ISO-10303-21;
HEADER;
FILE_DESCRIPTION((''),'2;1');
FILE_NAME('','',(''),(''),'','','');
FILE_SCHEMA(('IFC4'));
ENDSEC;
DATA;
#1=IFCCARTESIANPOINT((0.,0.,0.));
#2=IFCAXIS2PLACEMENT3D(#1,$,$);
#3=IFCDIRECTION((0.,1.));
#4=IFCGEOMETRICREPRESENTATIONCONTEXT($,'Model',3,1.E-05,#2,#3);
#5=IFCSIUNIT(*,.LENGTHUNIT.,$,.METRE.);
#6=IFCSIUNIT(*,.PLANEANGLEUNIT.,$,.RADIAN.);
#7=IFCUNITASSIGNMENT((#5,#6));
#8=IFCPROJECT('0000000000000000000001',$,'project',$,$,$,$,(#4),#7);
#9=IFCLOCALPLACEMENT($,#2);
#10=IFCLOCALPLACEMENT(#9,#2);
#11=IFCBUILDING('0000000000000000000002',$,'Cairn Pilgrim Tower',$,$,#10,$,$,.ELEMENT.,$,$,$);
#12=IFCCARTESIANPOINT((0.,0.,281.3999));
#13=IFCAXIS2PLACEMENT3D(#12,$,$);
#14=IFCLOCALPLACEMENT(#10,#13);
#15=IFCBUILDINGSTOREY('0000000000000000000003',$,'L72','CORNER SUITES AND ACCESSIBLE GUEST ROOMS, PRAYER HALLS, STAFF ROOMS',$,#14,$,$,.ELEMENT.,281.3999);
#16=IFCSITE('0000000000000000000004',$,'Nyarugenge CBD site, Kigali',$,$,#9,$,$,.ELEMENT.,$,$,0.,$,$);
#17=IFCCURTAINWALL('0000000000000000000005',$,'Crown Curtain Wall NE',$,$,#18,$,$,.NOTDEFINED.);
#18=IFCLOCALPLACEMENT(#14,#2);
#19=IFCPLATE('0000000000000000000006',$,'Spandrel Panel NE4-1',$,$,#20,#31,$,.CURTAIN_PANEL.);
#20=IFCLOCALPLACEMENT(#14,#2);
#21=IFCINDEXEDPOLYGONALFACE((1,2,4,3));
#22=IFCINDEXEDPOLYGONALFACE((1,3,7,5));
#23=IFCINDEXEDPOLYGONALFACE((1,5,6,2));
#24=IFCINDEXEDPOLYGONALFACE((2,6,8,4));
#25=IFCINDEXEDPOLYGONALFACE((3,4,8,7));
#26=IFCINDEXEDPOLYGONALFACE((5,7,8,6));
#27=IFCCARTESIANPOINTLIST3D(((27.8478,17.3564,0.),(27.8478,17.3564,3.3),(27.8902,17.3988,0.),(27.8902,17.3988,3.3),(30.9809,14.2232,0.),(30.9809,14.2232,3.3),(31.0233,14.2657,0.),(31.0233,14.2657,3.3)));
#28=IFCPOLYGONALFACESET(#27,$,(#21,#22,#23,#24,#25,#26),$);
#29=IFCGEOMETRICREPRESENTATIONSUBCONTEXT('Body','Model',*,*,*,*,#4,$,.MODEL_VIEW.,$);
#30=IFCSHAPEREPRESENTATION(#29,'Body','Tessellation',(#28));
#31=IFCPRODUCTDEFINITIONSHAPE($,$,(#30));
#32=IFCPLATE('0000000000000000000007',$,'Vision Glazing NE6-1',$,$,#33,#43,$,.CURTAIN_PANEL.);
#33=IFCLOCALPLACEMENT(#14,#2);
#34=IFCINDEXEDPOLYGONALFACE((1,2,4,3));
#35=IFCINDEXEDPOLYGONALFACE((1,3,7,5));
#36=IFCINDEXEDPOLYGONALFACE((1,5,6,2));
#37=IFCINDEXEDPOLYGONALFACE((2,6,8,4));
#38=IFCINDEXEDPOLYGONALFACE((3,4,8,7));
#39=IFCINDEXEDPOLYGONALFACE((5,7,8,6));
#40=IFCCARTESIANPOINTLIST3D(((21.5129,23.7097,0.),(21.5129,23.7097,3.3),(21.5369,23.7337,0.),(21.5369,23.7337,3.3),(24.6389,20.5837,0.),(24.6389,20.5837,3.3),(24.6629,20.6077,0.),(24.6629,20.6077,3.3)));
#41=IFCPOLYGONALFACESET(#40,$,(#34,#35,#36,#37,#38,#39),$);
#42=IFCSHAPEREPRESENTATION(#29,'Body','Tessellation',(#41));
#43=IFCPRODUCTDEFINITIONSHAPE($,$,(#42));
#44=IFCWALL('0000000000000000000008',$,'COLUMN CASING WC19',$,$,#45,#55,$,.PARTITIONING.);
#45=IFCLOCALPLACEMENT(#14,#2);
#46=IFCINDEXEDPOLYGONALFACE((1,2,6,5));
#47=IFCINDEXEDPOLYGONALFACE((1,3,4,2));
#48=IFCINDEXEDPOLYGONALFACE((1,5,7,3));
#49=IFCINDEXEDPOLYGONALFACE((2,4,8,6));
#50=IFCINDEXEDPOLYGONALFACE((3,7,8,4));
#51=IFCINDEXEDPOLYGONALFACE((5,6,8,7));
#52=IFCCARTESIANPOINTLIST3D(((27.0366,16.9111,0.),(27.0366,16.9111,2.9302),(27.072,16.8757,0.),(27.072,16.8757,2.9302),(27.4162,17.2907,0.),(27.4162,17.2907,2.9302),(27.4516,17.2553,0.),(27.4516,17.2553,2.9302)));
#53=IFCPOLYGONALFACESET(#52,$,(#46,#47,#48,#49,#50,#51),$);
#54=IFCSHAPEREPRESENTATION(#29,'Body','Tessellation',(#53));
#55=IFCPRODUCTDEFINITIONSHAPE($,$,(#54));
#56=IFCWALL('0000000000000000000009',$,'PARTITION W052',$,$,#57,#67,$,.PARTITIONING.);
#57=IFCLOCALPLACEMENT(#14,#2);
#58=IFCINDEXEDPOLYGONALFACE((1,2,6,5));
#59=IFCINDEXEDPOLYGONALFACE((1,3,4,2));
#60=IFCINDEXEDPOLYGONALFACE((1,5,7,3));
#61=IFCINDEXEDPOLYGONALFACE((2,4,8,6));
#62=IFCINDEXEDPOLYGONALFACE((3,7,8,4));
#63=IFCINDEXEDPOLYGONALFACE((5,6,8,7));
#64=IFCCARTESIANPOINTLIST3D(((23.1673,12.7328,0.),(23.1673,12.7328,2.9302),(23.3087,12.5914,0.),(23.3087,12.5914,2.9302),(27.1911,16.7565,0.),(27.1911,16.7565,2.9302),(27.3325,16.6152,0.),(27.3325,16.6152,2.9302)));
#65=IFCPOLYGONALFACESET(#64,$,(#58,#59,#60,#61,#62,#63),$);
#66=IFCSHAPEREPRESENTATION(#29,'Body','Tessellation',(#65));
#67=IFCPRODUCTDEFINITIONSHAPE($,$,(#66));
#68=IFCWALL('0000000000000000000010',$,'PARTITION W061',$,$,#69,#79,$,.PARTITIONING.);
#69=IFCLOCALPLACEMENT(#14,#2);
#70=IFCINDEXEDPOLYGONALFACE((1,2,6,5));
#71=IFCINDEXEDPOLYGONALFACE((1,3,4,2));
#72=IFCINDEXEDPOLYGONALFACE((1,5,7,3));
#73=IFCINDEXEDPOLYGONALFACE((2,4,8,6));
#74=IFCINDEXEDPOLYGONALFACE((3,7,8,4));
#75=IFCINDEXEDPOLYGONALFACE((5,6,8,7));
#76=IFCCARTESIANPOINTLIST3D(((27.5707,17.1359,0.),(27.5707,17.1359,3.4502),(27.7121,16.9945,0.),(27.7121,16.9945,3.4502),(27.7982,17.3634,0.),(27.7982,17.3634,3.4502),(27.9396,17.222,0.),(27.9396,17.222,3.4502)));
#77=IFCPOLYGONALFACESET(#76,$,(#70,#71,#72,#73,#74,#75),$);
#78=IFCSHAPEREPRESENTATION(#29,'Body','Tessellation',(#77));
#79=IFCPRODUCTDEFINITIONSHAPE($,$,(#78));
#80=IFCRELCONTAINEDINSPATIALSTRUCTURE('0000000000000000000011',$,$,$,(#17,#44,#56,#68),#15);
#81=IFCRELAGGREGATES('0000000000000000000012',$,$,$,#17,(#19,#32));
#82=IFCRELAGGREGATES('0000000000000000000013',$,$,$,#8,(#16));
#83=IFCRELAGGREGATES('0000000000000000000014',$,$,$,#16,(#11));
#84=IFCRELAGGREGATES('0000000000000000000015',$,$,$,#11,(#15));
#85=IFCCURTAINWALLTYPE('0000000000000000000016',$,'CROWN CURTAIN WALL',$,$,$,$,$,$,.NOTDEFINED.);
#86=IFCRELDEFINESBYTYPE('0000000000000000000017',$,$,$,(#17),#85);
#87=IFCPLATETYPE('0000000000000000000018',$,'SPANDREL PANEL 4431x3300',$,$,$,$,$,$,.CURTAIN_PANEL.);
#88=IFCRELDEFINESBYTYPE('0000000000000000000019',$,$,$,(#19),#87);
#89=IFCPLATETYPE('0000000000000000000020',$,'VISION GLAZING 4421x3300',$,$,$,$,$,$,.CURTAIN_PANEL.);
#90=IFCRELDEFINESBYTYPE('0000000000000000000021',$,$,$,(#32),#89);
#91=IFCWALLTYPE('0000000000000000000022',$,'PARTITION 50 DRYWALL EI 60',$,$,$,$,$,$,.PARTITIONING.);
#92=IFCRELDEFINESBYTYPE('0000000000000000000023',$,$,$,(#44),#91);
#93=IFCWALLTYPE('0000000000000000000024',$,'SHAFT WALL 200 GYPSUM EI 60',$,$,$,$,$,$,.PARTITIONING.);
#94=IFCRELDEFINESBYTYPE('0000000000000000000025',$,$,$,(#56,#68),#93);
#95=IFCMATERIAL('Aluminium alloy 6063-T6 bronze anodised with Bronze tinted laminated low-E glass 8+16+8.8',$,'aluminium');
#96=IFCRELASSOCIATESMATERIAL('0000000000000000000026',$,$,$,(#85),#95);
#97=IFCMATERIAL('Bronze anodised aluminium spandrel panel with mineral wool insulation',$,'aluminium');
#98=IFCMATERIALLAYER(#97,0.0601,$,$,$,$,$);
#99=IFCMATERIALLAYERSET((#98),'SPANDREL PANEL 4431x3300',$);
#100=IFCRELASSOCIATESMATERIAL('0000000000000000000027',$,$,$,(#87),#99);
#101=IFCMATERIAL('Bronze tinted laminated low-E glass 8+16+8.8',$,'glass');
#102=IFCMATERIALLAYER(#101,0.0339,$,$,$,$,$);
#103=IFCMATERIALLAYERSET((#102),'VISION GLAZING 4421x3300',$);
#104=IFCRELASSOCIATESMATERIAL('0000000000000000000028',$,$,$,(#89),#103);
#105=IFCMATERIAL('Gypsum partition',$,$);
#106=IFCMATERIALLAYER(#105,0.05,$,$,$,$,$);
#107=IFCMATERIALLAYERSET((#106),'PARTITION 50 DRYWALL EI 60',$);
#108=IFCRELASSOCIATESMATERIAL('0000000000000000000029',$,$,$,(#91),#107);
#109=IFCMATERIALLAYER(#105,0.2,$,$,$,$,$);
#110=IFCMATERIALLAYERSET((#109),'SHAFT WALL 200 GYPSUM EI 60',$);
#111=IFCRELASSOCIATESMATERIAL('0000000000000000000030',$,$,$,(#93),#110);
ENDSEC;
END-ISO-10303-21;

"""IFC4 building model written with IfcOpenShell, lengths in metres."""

from ifc_helpers import new_model, si_unit, direction, frame, frame_2d, origin, origin_2d, place, context, subcontext, project, spatial, rectangle, extrude, material, layer, layer_set, type_object, element, aggregate, save


model = new_model("IFC4")

# Units and contexts
model_context = context("Model", 3, precision=1e-05, world=origin(), true_north=direction((0.0, 1.0)))
body_context = subcontext(model_context, "Body", "Model", "MODEL_VIEW")
ifc_project = project(units=[si_unit("LENGTHUNIT", "METRE"), si_unit("PLANEANGLEUNIT", "RADIAN")], contexts=[model_context])

# Site, building, storey
site_placement = place(None, origin())
site = spatial("IfcSite", under=ifc_project, at=site_placement, Name="Nyarugenge CBD site, Kigali", CompositionType="ELEMENT", RefElevation=0.0)
building_placement = place(site_placement, origin())
building = spatial("IfcBuilding", under=site, at=building_placement, Name="Cairn Pilgrim Tower", CompositionType="ELEMENT")
storey_placement = place(building_placement, frame((0.0, 0.0, 281.3999)))
storey = spatial("IfcBuildingStorey", under=building, at=storey_placement, Name="L72", Description="CORNER SUITES AND ACCESSIBLE GUEST ROOMS, PRAYER HALLS, STAFF ROOMS", CompositionType="ELEMENT", Elevation=281.3999)

# Curtain wall
ifc_material_1 = material(Name="Aluminium alloy 6063-T6 bronze anodised with Bronze tinted laminated low-E glass 8+16+8.8", Category="aluminium")
curtain_wall_type = type_object("IfcCurtainWallType", Name="CROWN CURTAIN WALL", PredefinedType="NOTDEFINED", material=ifc_material_1)
curtain_wall_placement = place(storey_placement, origin())
curtain_wall = element("IfcCurtainWall", 1, at=curtain_wall_placement, inside=storey, type_object=curtain_wall_type, Name="Crown Curtain Wall NE", PredefinedType="NOTDEFINED")

# Plates
ifc_material_2 = material(Name="Bronze anodised aluminium spandrel panel with mineral wool insulation", Category="aluminium")
ifc_layer_1 = layer(ifc_material_2, 0.0601)
ifc_layer_set_1 = layer_set([ifc_layer_1], Name="SPANDREL PANEL 4431x3300")
plate_type_1 = type_object("IfcPlateType", Name="SPANDREL PANEL 4431x3300", PredefinedType="CURTAIN_PANEL", material=ifc_layer_set_1)
plate_1_placement = place(storey_placement, frame((29.4355, 15.811, 0.0), z_axis=(0.0, 0.0, 1.0), x_axis=(-0.707107, 0.707107, 0.0)))
plate_1 = element("IfcPlate", 2, at=plate_1_placement, type_object=plate_type_1, Name="Spandrel Panel NE4-1", PredefinedType="CURTAIN_PANEL", context=body_context, shape_type="SweptSolid", body=[
    extrude(rectangle(XDim=4.4309, YDim=0.0601, at=origin_2d()), origin(), (0.0, 0.0, 1.0), 3.3),
])
ifc_material_3 = material(Name="Bronze tinted laminated low-E glass 8+16+8.8", Category="glass")
ifc_layer_2 = layer(ifc_material_3, 0.0339)
ifc_layer_set_2 = layer_set([ifc_layer_2], Name="VISION GLAZING 4421x3300")
plate_type_2 = type_object("IfcPlateType", Name="VISION GLAZING 4421x3300", PredefinedType="CURTAIN_PANEL", material=ifc_layer_set_2)
plate_2_placement = place(storey_placement, frame((23.0879, 22.1587, 0.0), z_axis=(0.0, 0.0, 1.0), x_axis=(-0.707107, 0.707107, 0.0)))
plate_2 = element("IfcPlate", 3, at=plate_2_placement, type_object=plate_type_2, Name="Vision Glazing NE6-1", PredefinedType="CURTAIN_PANEL", context=body_context, shape_type="SweptSolid", body=[
    extrude(rectangle(XDim=4.4209, YDim=0.0339, at=origin_2d()), origin(), (0.0, 0.0, 1.0), 3.3),
])
aggregate(curtain_wall, [plate_1, plate_2])

# Walls
ifc_material_4 = material(Name="Gypsum partition")
ifc_layer_3 = layer(ifc_material_4, 0.05)
ifc_layer_set_3 = layer_set([ifc_layer_3], Name="PARTITION 50 DRYWALL EI 60")
wall_type_1 = type_object("IfcWallType", Name="PARTITION 50 DRYWALL EI 60", PredefinedType="PARTITIONING", material=ifc_layer_set_3)
wall_1_placement = place(storey_placement, frame((27.0542, 16.8933, 0.0), z_axis=(0.0, 0.0, 1.0), x_axis=(0.707107, 0.707107, 0.0)))
element("IfcWall", 4, at=wall_1_placement, inside=storey, type_object=wall_type_1, Name="COLUMN CASING WC19", PredefinedType="PARTITIONING", context=body_context, shape_type="SweptSolid", body=[
    extrude(rectangle(XDim=0.5369, YDim=0.05, at=frame_2d((0.2686, 0.0))), origin(), (0.0, 0.0, 1.0), 2.9302),
])
ifc_layer_4 = layer(ifc_material_4, 0.2)
ifc_layer_set_4 = layer_set([ifc_layer_4], Name="SHAFT WALL 200 GYPSUM EI 60")
wall_type_2 = type_object("IfcWallType", Name="SHAFT WALL 200 GYPSUM EI 60", PredefinedType="PARTITIONING", material=ifc_layer_set_4)
wall_2_placement = place(storey_placement, frame((23.238, 12.6621, 0.0), z_axis=(0.0, 0.0, 1.0), x_axis=(0.707107, 0.707107, 0.0)))
element("IfcWall", 5, at=wall_2_placement, inside=storey, type_object=wall_type_2, Name="PARTITION W052", PredefinedType="PARTITIONING", context=body_context, shape_type="SweptSolid", body=[
    extrude(rectangle(XDim=5.6904, YDim=0.2, at=frame_2d((2.8452, 0.0))), origin(), (0.0, 0.0, 1.0), 2.9302),
])
wall_3_placement = place(storey_placement, frame((27.6414, 17.0652, 0.0), z_axis=(0.0, 0.0, 1.0), x_axis=(0.707107, 0.707107, 0.0)))
element("IfcWall", 6, at=wall_3_placement, inside=storey, type_object=wall_type_2, Name="PARTITION W061", PredefinedType="PARTITIONING", context=body_context, shape_type="SweptSolid", body=[
    extrude(rectangle(XDim=0.3218, YDim=0.2, at=frame_2d((0.1609, 0.0))), origin(), (0.0, 0.0, 1.0), 3.4502),
])

save(model, "model.ifc")
